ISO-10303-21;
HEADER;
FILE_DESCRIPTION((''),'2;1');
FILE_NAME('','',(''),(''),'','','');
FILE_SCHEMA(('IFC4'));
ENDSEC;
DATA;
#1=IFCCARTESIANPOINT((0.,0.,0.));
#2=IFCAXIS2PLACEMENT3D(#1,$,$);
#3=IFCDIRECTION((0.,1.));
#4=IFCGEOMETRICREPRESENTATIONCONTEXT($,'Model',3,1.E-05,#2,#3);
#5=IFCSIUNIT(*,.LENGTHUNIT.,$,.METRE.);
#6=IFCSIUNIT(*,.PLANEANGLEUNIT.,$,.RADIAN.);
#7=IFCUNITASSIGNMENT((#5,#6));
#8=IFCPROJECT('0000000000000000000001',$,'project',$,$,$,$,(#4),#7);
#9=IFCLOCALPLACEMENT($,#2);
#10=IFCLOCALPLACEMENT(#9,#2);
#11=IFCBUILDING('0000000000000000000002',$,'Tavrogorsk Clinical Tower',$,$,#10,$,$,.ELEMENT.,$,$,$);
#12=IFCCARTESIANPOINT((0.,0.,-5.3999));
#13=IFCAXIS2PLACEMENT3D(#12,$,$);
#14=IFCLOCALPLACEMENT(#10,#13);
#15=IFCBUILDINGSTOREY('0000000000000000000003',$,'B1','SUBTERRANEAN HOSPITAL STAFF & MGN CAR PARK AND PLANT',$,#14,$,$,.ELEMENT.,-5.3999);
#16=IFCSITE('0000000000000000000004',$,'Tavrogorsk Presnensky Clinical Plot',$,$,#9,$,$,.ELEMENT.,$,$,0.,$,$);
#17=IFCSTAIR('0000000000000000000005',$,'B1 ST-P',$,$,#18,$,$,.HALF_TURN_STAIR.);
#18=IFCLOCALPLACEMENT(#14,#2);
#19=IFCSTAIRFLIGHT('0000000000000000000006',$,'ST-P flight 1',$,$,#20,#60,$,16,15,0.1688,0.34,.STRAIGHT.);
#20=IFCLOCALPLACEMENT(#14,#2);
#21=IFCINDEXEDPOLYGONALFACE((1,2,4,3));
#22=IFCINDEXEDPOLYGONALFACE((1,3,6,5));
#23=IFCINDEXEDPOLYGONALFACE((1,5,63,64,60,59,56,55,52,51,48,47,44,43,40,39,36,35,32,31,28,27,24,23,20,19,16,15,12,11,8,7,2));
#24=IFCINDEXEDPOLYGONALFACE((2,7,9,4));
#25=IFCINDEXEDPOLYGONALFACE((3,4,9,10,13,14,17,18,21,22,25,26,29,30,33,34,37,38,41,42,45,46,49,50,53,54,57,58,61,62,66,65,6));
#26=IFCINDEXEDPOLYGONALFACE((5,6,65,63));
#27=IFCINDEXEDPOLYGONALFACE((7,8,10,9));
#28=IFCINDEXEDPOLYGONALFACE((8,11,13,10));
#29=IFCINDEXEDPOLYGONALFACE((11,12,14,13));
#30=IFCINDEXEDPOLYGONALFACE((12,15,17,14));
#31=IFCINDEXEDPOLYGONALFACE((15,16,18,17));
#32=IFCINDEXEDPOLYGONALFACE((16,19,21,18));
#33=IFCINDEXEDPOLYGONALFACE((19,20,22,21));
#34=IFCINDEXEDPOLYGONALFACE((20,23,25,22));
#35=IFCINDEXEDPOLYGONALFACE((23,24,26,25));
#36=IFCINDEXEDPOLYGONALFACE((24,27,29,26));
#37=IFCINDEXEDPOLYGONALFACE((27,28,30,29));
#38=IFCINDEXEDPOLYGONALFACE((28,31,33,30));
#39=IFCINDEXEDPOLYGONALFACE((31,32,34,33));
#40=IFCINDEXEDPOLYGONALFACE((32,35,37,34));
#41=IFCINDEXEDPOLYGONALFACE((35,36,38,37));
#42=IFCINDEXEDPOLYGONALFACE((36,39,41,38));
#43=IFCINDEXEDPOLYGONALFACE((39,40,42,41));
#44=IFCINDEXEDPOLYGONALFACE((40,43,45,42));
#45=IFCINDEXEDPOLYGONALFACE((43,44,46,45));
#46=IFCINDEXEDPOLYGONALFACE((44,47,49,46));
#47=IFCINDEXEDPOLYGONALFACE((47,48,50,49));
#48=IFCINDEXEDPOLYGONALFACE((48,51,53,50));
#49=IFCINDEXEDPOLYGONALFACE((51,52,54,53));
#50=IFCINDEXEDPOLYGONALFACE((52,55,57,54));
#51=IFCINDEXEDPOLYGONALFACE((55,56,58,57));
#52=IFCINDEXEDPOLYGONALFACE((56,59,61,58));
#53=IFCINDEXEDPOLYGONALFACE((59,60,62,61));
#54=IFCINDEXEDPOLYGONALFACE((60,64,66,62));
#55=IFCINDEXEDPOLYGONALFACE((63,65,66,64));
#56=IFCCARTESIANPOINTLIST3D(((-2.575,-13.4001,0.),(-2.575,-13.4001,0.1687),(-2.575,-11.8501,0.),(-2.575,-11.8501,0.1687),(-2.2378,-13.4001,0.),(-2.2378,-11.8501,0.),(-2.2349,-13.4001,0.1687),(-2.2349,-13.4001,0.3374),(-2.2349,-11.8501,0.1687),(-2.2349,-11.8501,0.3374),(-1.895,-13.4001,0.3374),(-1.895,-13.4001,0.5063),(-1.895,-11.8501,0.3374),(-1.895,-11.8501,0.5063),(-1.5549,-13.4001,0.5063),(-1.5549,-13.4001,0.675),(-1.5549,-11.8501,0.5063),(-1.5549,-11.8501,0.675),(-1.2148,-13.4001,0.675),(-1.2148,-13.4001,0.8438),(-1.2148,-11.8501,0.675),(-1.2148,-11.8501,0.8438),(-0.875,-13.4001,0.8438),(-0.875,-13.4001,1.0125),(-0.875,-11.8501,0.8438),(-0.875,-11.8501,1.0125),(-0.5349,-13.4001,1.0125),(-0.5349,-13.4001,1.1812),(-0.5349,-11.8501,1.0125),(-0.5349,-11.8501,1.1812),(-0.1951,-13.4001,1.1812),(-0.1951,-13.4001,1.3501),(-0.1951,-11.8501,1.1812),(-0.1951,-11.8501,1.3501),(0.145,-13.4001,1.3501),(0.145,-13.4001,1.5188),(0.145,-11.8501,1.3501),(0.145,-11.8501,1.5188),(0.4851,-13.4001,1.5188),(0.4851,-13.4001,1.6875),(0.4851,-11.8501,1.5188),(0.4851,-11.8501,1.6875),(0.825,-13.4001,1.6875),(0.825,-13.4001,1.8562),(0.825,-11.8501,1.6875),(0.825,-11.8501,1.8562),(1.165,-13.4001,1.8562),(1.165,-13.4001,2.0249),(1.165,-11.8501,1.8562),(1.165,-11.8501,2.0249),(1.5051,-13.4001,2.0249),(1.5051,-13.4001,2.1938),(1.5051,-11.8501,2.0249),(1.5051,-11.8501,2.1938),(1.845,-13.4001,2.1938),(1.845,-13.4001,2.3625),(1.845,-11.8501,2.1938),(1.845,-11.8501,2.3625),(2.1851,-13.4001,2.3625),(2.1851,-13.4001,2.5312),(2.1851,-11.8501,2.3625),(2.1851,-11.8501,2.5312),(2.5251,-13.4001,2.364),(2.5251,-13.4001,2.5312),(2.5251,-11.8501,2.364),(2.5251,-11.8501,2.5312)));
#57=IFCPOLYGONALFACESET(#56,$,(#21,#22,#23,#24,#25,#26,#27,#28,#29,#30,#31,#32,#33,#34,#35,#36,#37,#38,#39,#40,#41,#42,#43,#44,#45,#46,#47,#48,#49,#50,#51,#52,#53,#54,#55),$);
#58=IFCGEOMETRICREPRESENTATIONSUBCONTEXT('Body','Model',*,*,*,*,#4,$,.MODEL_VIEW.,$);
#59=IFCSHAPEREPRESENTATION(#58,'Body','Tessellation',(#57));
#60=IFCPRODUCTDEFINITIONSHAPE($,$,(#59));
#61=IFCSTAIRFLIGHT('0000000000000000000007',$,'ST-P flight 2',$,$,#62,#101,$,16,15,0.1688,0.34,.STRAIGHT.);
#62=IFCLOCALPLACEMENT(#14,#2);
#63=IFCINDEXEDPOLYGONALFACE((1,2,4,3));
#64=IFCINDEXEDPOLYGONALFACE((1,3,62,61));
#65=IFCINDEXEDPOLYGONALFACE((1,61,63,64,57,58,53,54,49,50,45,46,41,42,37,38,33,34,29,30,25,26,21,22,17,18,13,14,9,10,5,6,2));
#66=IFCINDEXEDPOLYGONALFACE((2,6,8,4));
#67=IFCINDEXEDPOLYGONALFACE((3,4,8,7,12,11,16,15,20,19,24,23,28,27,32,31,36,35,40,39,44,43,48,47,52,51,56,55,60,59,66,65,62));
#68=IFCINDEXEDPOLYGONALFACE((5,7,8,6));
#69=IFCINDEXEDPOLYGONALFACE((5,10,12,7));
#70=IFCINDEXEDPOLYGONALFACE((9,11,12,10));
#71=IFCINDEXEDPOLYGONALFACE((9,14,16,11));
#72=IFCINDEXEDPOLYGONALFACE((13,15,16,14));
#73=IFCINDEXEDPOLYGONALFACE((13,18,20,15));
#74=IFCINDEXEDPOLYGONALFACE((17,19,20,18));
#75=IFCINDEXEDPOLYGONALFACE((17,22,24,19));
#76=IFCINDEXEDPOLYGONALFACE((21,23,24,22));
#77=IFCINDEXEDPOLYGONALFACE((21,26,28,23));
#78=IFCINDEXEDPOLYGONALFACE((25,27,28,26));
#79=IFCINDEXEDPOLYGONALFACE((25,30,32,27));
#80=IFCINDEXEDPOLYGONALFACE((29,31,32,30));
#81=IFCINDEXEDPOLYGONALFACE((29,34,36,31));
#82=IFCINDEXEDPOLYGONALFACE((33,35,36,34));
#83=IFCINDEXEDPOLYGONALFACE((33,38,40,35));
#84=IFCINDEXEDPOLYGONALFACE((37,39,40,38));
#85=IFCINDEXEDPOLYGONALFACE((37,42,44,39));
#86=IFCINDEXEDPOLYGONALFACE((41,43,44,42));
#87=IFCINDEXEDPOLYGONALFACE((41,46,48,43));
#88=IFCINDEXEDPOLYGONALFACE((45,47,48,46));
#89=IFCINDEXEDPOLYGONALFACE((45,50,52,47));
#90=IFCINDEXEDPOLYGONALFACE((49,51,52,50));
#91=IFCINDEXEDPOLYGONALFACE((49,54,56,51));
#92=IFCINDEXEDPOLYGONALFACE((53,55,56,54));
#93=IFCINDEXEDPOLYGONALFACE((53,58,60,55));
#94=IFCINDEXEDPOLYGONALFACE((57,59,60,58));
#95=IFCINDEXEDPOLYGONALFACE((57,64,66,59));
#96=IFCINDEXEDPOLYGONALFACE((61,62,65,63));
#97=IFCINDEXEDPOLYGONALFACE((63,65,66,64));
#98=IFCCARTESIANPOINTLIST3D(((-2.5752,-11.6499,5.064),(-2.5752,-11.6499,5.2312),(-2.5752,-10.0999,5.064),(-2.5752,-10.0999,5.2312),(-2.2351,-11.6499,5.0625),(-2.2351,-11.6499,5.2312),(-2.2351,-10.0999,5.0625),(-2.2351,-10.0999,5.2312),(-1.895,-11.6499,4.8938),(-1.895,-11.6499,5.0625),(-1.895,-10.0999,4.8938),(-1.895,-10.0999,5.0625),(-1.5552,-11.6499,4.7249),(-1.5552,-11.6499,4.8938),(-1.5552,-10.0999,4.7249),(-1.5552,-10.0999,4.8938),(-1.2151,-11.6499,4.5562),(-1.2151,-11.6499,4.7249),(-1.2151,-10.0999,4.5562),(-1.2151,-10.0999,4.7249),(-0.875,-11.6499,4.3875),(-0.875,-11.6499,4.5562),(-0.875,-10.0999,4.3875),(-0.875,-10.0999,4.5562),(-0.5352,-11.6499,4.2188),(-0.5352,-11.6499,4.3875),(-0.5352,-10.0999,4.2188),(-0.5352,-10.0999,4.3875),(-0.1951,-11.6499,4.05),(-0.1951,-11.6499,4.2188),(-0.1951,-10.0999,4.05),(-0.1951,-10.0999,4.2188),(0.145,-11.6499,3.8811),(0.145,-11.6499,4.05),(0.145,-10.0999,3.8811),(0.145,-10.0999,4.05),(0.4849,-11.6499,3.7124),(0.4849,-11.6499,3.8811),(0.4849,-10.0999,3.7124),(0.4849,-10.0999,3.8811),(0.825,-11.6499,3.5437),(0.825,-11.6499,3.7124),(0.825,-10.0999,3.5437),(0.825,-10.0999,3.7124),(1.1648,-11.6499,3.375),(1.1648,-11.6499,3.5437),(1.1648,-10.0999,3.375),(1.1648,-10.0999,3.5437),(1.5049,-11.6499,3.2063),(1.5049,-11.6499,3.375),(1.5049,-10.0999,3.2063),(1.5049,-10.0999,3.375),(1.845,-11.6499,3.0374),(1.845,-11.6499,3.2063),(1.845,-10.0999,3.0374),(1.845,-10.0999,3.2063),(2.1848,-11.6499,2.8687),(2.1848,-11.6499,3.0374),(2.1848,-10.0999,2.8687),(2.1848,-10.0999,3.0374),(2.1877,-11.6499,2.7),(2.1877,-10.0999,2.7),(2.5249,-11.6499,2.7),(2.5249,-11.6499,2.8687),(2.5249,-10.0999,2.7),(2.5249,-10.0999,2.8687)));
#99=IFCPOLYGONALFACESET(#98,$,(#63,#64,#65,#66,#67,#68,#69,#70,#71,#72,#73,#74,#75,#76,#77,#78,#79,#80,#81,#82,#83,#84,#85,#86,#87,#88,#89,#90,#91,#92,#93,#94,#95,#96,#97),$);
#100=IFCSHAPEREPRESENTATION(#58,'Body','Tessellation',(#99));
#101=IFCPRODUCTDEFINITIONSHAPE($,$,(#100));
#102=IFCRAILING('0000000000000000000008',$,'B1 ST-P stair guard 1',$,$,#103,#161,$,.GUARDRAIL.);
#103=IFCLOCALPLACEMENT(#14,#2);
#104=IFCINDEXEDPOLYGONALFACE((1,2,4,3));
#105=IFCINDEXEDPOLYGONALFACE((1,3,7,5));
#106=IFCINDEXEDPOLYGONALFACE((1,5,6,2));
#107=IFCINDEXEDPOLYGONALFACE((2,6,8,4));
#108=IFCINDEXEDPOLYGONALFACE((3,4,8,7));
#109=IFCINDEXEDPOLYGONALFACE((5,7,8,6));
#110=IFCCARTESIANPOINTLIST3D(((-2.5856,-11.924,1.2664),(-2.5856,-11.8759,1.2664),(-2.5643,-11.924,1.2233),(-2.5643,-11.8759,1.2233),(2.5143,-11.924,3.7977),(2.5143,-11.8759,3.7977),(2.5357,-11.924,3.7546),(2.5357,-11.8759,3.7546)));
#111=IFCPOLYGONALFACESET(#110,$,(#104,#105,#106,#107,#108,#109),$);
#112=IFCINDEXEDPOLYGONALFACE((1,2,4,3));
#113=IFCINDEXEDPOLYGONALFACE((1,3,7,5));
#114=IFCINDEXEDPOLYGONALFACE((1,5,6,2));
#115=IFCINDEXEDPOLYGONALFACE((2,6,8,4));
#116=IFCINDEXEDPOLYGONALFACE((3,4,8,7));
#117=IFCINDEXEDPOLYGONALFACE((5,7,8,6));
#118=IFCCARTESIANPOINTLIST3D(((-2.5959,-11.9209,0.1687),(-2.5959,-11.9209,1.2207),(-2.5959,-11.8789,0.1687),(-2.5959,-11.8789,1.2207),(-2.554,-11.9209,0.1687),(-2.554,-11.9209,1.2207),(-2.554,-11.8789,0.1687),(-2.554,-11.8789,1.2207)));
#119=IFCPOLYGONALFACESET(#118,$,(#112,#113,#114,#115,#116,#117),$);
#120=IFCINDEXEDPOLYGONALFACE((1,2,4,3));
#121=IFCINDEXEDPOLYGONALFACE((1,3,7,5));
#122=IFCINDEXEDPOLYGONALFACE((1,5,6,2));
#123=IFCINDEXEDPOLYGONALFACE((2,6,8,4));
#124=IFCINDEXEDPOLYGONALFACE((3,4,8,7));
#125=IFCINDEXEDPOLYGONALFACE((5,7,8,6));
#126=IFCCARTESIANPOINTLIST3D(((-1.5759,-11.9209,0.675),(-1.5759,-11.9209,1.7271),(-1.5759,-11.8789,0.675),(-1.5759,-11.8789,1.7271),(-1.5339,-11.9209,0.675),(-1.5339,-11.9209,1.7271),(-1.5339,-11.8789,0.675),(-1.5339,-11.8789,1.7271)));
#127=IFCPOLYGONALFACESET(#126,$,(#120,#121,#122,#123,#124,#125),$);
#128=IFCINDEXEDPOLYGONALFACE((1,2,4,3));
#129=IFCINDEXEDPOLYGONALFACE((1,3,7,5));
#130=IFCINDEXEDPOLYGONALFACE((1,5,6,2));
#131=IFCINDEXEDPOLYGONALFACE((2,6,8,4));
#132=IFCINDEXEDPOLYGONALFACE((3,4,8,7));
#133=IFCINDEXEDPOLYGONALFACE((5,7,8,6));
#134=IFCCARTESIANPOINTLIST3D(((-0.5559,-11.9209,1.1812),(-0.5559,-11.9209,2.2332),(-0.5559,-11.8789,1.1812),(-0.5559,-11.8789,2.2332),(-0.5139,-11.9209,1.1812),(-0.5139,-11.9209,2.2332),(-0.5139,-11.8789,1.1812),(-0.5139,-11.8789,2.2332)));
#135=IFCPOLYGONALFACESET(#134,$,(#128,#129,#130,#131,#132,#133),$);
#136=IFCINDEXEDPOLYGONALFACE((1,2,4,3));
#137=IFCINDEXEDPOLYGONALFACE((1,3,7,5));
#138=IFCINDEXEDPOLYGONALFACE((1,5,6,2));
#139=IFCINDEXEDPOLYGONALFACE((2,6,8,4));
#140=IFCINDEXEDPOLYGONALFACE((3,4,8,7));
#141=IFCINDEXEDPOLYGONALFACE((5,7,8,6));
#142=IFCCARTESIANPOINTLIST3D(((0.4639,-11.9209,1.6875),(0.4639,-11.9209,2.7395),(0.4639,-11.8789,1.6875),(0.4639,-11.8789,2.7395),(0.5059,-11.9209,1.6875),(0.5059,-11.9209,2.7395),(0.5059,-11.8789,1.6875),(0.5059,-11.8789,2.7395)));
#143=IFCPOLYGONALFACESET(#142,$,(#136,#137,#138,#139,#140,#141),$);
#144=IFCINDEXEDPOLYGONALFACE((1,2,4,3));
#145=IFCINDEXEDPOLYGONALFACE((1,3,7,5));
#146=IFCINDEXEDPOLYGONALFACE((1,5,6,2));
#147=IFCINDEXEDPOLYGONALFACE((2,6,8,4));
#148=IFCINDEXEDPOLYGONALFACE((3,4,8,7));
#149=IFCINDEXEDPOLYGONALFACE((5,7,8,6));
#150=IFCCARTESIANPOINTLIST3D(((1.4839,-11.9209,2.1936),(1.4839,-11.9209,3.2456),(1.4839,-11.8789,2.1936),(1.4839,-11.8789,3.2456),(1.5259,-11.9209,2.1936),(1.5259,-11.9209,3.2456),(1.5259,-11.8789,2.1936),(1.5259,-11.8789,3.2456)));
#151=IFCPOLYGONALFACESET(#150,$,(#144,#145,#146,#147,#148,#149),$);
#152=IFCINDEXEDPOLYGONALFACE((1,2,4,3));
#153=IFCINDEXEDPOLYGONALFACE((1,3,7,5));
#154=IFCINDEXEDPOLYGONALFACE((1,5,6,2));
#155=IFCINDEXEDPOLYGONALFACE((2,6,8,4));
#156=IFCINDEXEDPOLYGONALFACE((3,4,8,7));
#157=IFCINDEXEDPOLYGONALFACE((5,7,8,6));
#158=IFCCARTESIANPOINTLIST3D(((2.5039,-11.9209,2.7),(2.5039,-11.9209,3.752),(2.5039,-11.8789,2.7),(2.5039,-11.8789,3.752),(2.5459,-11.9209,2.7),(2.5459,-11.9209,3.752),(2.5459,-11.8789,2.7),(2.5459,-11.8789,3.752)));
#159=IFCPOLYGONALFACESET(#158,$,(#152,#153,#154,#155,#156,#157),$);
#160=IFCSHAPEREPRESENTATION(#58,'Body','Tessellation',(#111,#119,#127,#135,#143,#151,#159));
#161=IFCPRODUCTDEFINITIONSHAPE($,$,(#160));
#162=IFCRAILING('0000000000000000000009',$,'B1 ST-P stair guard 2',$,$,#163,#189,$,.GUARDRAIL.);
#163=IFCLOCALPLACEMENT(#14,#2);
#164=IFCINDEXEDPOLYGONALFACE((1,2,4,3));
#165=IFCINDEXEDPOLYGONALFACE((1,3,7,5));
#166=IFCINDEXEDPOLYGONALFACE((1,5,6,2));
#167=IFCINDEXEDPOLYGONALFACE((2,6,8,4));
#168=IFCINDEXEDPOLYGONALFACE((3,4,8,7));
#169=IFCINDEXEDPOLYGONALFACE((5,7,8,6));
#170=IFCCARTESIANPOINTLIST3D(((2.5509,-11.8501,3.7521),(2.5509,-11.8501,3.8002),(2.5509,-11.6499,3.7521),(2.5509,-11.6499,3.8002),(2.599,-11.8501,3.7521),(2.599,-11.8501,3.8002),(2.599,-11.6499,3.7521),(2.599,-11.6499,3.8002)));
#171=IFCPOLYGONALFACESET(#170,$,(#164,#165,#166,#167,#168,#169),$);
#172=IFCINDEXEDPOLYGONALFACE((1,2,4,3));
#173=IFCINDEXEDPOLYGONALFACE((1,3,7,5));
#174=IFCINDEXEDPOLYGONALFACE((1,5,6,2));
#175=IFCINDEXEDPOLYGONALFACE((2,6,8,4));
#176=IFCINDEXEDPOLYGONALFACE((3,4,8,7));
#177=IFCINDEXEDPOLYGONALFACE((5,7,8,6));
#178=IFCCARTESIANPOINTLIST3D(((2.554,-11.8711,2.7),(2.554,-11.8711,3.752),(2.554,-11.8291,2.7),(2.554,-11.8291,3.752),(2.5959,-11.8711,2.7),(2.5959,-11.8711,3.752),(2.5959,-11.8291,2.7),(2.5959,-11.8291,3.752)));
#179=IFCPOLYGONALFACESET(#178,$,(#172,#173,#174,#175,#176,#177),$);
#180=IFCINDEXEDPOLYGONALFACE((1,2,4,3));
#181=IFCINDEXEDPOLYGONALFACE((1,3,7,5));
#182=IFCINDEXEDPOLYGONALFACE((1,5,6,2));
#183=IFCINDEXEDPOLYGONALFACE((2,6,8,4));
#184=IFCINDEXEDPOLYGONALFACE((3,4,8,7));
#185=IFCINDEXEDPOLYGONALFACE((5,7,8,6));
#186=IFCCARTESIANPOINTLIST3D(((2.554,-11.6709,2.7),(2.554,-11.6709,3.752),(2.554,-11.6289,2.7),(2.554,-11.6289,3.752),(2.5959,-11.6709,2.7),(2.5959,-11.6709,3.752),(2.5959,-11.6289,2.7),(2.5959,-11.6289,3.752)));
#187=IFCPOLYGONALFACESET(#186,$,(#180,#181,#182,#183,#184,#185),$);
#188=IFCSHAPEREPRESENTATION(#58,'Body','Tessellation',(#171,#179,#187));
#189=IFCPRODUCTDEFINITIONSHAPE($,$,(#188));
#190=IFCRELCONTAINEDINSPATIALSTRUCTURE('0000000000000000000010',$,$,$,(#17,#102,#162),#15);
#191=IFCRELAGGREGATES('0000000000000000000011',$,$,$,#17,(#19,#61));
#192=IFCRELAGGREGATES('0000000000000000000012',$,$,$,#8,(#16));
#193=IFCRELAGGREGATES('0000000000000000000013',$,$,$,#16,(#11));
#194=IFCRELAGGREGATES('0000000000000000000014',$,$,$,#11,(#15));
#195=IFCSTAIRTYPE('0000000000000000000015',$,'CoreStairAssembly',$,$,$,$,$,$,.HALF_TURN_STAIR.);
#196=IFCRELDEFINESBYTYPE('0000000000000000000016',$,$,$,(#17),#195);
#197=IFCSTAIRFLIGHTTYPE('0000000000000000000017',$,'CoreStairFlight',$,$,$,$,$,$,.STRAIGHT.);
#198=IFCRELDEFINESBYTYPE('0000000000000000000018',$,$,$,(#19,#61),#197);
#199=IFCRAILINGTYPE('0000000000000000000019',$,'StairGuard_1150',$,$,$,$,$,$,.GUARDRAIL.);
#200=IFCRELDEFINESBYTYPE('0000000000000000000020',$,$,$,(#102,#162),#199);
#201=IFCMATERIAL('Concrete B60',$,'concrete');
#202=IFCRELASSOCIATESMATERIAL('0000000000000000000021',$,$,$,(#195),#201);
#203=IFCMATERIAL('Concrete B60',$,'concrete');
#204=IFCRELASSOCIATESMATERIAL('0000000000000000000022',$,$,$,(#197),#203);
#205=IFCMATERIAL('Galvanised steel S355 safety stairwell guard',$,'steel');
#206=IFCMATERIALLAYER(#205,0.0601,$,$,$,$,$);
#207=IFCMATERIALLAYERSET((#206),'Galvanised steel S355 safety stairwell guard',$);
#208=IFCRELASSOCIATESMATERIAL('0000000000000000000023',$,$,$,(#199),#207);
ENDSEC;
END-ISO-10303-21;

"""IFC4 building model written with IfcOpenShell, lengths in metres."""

from ifc_helpers import new_model, si_unit, direction, frame, origin, origin_2d, place, context, subcontext, project, spatial, polyline, rectangle, outline, extrude, material, layer, layer_set, type_object, element, aggregate, save


model = new_model("IFC4")

# Units and contexts
model_context = context("Model", 3, precision=1e-05, world=origin(), true_north=direction((0.0, 1.0)))
body_context = subcontext(model_context, "Body", "Model", "MODEL_VIEW")
ifc_project = project(units=[si_unit("LENGTHUNIT", "METRE"), si_unit("PLANEANGLEUNIT", "RADIAN")], contexts=[model_context])

# Site, building, storey
site_placement = place(None, origin())
site = spatial("IfcSite", under=ifc_project, at=site_placement, Name="Tavrogorsk Presnensky Clinical Plot", CompositionType="ELEMENT", RefElevation=0.0)
building_placement = place(site_placement, origin())
building = spatial("IfcBuilding", under=site, at=building_placement, Name="Tavrogorsk Clinical Tower", CompositionType="ELEMENT")
storey_placement = place(building_placement, frame((0.0, 0.0, -5.3999)))
storey = spatial("IfcBuildingStorey", under=building, at=storey_placement, Name="B1", Description="SUBTERRANEAN HOSPITAL STAFF & MGN CAR PARK AND PLANT", CompositionType="ELEMENT", Elevation=-5.3999)

# Stair, stair flights
ifc_material_1 = material(Name="Concrete B60", Category="concrete")
stair_type = type_object("IfcStairType", Name="CoreStairAssembly", PredefinedType="HALF_TURN_STAIR", material=ifc_material_1)
stair_placement = place(storey_placement, origin())
stair = element("IfcStair", 1, at=stair_placement, inside=storey, type_object=stair_type, Name="B1 ST-P", PredefinedType="HALF_TURN_STAIR")
ifc_material_2 = material(Name="Concrete B60", Category="concrete")
stair_flight_type = type_object("IfcStairFlightType", Name="CoreStairFlight", PredefinedType="STRAIGHT", material=ifc_material_2)
stair_flight_1_placement = place(storey_placement, frame((-2.575, -12.625, 0.0), z_axis=(0.0, 0.0, 1.0), x_axis=(1.0, 0.0, 0.0)))
stair_flight_1 = element("IfcStairFlight", 2, at=stair_flight_1_placement, type_object=stair_flight_type, Name="ST-P flight 1", NumberOfRisers=16, NumberOfTreads=15, PredefinedType="STRAIGHT", RiserHeight=0.1688, TreadLength=0.34, context=body_context, shape_type="SweptSolid", body=[
    extrude(outline(polyline([(0.0, 0.0), (0.0, 0.1687), (0.3401, 0.1687), (0.3401, 0.3374), (0.6799, 0.3374), (0.6799, 0.5063), (1.02, 0.5063), (1.02, 0.675), (1.3601, 0.675), (1.3601, 0.8438), (1.7, 0.8438), (1.7, 1.0125), (2.04, 1.0125), (2.04, 1.1812), (2.3799, 1.1812), (2.3799, 1.3501), (2.72, 1.3501), (2.72, 1.5188), (3.0601, 1.5188), (3.0601, 1.6875), (3.3999, 1.6875), (3.3999, 1.8562), (3.74, 1.8562), (3.74, 2.0249), (4.0801, 2.0249), (4.0801, 2.1938), (4.4199, 2.1938), (4.4199, 2.3625), (4.76, 2.3625), (4.76, 2.5312), (5.1001, 2.5312), (5.1001, 2.7), (5.1001, 2.364), (0.3372, 0.0), (0.0, 0.0)])), frame((0.0, 0.7749, 0.0), z_axis=(0.0, -1.0, 0.0), x_axis=(1.0, 0.0, 0.0)), (0.0, 0.0, 1.0), 1.55),
])
stair_flight_2_placement = place(storey_placement, frame((2.5249, -10.875, 2.7), z_axis=(0.0, 0.0, 1.0), x_axis=(-1.0, 0.0, 0.0)))
stair_flight_2 = element("IfcStairFlight", 3, at=stair_flight_2_placement, type_object=stair_flight_type, Name="ST-P flight 2", NumberOfRisers=16, NumberOfTreads=15, PredefinedType="STRAIGHT", RiserHeight=0.1688, TreadLength=0.34, context=body_context, shape_type="SweptSolid", body=[
    extrude(outline(polyline([(0.0, 0.0), (0.0, 0.1687), (0.3401, 0.1687), (0.3401, 0.3374), (0.6799, 0.3374), (0.6799, 0.5063), (1.02, 0.5063), (1.02, 0.675), (1.3601, 0.675), (1.3601, 0.8438), (1.7, 0.8438), (1.7, 1.0125), (2.04, 1.0125), (2.04, 1.1812), (2.3799, 1.1812), (2.3799, 1.3501), (2.72, 1.3501), (2.72, 1.5188), (3.0601, 1.5188), (3.0601, 1.6875), (3.3999, 1.6875), (3.3999, 1.8562), (3.74, 1.8562), (3.74, 2.0249), (4.0801, 2.0249), (4.0801, 2.1938), (4.4199, 2.1938), (4.4199, 2.3625), (4.76, 2.3625), (4.76, 2.5312), (5.1001, 2.5312), (5.1001, 2.7), (5.1001, 2.364), (0.3372, 0.0), (0.0, 0.0)])), frame((0.0, 0.7749, 0.0), z_axis=(0.0, -1.0, 0.0), x_axis=(1.0, 0.0, 0.0)), (0.0, 0.0, 1.0), 1.55),
])
aggregate(stair, [stair_flight_1, stair_flight_2])

# Railings
ifc_material_3 = material(Name="Galvanised steel S355 safety stairwell guard", Category="steel")
ifc_layer_1 = layer(ifc_material_3, 0.0601)
ifc_layer_set_1 = layer_set([ifc_layer_1], Name="Galvanised steel S355 safety stairwell guard")
railing_type_1 = type_object("IfcRailingType", Name="StairGuard_1150", PredefinedType="GUARDRAIL", material=ifc_layer_set_1)
railing_1_placement = place(storey_placement, frame((-2.575, -11.8999, 0.1687)))
element("IfcRailing", 4, at=railing_1_placement, inside=storey, type_object=railing_type_1, Name="B1 ST-P stair guard 1", PredefinedType="GUARDRAIL", context=body_context, shape_type="SweptSolid", body=[
    extrude(rectangle(XDim=0.0481, YDim=0.0481, at=origin_2d()), frame((0.0, 0.0, 1.0762), z_axis=(0.895735, 0.0, 0.444587), x_axis=(0.0, 1.0, 0.0)), (0.0, 0.0, 1.0), 5.6936),
    extrude(rectangle(XDim=0.042, YDim=0.042, at=origin_2d()), origin(), (0.0, 0.0, 1.0), 1.052),
    extrude(rectangle(XDim=0.042, YDim=0.042, at=origin_2d()), frame((1.02, 0.0, 0.5063)), (0.0, 0.0, 1.0), 1.052),
    extrude(rectangle(XDim=0.042, YDim=0.042, at=origin_2d()), frame((2.04, 0.0, 1.0125)), (0.0, 0.0, 1.0), 1.052),
    extrude(rectangle(XDim=0.042, YDim=0.042, at=origin_2d()), frame((3.0598, 0.0, 1.5188)), (0.0, 0.0, 1.0), 1.052),
    extrude(rectangle(XDim=0.042, YDim=0.042, at=origin_2d()), frame((4.0798, 0.0, 2.0249)), (0.0, 0.0, 1.0), 1.052),
    extrude(rectangle(XDim=0.042, YDim=0.042, at=origin_2d()), frame((5.0999, 0.0, 2.5312)), (0.0, 0.0, 1.0), 1.052),
])
railing_2_placement = place(storey_placement, frame((2.575, -11.8501, 2.7)))
element("IfcRailing", 5, at=railing_2_placement, inside=storey, type_object=railing_type_1, Name="B1 ST-P stair guard 2", PredefinedType="GUARDRAIL", context=body_context, shape_type="SweptSolid", body=[
    extrude(rectangle(XDim=0.0481, YDim=0.0481, at=origin_2d()), frame((0.0, 0.0, 1.0762), z_axis=(0.0, 1.0, 0.0), x_axis=(-1.0, 0.0, 0.0)), (0.0, 0.0, 1.0), 0.2002),
    extrude(rectangle(XDim=0.042, YDim=0.042, at=origin_2d()), origin(), (0.0, 0.0, 1.0), 1.052),
    extrude(rectangle(XDim=0.042, YDim=0.042, at=origin_2d()), frame((0.0, 0.2002, 0.0)), (0.0, 0.0, 1.0), 1.052),
])

save(model, "model.ifc")
